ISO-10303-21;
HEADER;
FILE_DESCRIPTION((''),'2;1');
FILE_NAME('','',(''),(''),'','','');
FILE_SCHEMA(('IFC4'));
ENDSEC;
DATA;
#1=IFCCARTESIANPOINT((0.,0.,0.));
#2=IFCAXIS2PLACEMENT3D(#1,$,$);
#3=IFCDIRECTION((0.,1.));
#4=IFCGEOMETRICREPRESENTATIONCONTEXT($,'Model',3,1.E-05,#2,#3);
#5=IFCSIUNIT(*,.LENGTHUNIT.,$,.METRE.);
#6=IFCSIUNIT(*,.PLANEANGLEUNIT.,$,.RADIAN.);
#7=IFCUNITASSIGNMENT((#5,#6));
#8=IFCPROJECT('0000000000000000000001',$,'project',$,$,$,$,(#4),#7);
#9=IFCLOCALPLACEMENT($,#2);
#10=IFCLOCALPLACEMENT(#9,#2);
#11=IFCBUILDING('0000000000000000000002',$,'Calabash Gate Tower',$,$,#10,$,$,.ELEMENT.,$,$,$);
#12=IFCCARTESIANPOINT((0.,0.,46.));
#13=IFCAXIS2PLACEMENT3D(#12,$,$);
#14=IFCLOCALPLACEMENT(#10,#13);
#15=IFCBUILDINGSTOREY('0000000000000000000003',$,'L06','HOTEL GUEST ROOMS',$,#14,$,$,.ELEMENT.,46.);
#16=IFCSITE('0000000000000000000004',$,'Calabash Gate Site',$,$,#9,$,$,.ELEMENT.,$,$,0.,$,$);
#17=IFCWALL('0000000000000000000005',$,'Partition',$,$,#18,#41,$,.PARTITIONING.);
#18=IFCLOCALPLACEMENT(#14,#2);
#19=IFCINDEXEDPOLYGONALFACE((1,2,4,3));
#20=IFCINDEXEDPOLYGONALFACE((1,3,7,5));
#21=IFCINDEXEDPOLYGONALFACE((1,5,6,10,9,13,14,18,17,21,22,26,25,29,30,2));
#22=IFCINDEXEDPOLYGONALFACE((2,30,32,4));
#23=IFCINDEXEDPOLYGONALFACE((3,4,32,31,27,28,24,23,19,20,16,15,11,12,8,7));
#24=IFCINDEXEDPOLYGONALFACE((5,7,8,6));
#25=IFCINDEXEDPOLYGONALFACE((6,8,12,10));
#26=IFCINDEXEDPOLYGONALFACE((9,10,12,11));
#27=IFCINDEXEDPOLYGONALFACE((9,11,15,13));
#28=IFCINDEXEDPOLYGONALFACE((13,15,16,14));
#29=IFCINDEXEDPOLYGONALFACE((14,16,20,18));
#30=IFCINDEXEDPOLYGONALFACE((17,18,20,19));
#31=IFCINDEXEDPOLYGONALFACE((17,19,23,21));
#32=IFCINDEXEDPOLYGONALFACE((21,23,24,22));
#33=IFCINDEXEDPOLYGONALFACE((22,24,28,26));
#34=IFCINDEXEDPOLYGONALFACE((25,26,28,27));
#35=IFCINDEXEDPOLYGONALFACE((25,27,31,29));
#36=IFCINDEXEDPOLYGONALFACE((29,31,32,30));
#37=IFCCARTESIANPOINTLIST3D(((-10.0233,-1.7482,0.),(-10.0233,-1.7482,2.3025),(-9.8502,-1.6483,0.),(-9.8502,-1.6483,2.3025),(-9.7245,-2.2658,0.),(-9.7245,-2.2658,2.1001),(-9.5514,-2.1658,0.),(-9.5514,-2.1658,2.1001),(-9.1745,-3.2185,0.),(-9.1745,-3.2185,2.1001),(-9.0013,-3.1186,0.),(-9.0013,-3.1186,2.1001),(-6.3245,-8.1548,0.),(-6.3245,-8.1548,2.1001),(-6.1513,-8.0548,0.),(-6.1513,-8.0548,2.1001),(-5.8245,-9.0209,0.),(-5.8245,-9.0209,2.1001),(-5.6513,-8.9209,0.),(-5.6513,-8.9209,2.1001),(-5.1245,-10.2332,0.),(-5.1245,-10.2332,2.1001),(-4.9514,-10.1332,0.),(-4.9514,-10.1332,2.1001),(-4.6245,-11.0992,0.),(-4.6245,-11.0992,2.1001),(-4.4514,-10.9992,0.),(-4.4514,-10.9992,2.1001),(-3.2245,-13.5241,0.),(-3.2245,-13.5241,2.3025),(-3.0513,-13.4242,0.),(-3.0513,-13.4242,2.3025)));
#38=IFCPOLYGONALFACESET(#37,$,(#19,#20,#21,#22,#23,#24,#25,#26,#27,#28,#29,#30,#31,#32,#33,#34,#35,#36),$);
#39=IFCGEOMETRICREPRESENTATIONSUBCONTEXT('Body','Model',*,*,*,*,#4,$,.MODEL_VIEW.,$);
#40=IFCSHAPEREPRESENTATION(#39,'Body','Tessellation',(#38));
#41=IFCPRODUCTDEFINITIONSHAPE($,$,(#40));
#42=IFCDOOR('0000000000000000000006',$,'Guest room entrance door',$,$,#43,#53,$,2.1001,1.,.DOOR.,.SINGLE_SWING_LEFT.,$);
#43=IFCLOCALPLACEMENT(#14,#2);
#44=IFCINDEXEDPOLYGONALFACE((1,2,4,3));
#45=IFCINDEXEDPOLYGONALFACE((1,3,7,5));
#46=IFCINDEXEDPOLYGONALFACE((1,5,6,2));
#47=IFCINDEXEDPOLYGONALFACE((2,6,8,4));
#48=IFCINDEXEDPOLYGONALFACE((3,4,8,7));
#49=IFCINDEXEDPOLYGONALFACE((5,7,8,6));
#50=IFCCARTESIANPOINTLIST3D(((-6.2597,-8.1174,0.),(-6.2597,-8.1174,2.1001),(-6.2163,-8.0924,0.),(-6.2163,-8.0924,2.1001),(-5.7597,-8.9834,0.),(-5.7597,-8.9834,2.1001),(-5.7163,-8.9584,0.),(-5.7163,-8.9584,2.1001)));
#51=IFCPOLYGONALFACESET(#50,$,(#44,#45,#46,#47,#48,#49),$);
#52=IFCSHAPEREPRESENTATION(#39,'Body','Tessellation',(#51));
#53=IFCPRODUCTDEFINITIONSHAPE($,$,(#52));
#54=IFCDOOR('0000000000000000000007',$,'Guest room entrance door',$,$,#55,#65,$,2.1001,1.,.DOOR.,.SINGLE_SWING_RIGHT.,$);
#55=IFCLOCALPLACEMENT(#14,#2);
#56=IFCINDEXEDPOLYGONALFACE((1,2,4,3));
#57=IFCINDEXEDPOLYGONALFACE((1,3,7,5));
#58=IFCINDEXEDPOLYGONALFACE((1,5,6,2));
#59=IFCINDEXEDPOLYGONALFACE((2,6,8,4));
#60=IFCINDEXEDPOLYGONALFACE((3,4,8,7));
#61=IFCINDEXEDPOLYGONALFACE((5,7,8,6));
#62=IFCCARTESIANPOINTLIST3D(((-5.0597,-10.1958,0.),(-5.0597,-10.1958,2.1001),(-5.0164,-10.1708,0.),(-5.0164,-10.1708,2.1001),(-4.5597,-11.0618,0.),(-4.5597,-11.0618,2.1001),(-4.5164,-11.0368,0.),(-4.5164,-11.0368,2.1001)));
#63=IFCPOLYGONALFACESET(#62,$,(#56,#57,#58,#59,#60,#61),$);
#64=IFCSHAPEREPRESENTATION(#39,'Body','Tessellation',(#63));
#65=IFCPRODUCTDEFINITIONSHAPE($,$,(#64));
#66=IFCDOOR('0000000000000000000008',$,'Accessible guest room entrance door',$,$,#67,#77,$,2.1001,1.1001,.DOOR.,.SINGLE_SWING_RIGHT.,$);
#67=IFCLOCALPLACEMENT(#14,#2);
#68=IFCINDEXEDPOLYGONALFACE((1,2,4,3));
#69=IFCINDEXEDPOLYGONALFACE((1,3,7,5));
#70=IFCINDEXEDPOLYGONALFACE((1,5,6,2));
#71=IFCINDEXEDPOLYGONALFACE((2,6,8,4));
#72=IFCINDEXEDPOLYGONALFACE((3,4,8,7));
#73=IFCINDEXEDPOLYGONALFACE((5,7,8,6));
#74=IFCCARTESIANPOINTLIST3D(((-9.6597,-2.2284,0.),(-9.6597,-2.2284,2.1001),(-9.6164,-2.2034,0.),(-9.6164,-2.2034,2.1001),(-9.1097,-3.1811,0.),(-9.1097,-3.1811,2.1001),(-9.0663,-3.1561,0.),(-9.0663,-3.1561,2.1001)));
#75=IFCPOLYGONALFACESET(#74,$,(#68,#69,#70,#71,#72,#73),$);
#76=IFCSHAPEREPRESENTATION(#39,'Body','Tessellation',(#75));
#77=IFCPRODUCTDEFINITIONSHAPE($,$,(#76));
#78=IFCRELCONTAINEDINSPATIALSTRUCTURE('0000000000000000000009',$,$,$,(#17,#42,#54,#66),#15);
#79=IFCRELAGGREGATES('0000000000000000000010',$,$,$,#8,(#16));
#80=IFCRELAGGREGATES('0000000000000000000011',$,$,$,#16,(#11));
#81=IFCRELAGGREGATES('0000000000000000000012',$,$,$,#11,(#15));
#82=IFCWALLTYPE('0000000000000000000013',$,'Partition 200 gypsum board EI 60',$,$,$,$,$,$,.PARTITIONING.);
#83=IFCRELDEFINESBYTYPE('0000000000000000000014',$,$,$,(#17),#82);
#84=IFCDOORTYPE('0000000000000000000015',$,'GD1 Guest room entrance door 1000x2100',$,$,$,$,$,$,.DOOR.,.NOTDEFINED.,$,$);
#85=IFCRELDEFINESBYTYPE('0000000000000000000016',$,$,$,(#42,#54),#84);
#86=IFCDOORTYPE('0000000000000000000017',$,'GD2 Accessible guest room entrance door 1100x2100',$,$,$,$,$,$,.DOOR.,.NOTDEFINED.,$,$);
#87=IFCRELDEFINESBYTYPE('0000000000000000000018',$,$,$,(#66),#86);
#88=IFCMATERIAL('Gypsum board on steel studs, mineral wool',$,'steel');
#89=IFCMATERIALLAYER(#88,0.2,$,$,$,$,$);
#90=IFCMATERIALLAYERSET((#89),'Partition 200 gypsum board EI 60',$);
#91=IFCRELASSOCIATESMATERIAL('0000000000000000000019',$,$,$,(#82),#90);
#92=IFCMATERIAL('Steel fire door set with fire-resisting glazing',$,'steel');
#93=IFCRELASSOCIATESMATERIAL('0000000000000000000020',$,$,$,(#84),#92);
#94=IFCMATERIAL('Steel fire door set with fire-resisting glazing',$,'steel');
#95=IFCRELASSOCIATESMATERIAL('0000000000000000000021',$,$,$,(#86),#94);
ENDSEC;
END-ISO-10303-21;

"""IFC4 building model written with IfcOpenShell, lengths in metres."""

from ifc_helpers import new_model, si_unit, direction, frame, frame_2d, origin, place, context, subcontext, project, spatial, rectangle, extrude, material, layer, layer_set, type_object, element, fill, save


model = new_model("IFC4")

# Units and contexts
model_context = context("Model", 3, precision=1e-05, world=origin(), true_north=direction((0.0, 1.0)))
body_context = subcontext(model_context, "Body", "Model", "MODEL_VIEW")
ifc_project = project(units=[si_unit("LENGTHUNIT", "METRE"), si_unit("PLANEANGLEUNIT", "RADIAN")], contexts=[model_context])

# Site, building, storey
site_placement = place(None, origin())
site = spatial("IfcSite", under=ifc_project, at=site_placement, Name="Calabash Gate Site", CompositionType="ELEMENT", RefElevation=0.0)
building_placement = place(site_placement, origin())
building = spatial("IfcBuilding", under=site, at=building_placement, Name="Calabash Gate Tower", CompositionType="ELEMENT")
storey_placement = place(building_placement, frame((0.0, 0.0, 46.0)))
storey = spatial("IfcBuildingStorey", under=building, at=storey_placement, Name="L06", Description="HOTEL GUEST ROOMS", CompositionType="ELEMENT", Elevation=46.0)

# Shared definitions
ifc_material_1 = material(Name="Gypsum board on steel studs, mineral wool", Category="steel")
ifc_layer_1 = layer(ifc_material_1, 0.2)
ifc_layer_set_1 = layer_set([ifc_layer_1], Name="Partition 200 gypsum board EI 60")
wall_type_1 = type_object("IfcWallType", Name="Partition 200 gypsum board EI 60", PredefinedType="PARTITIONING", material=ifc_layer_set_1)

# Wall, openings, doors
wall_1_placement = place(storey_placement, frame((-9.9368, -1.6982, 0.0), z_axis=(0.0, 0.0, 1.0), x_axis=(0.500001, -0.866025, 0.0)))
wall_1 = element("IfcWall", 1, at=wall_1_placement, inside=storey, type_object=wall_type_1, Name="Partition", PredefinedType="PARTITIONING", context=body_context, shape_type="SweptSolid", body=[
    extrude(rectangle(XDim=13.5977, YDim=0.2, at=frame_2d((6.7988, 0.0))), origin(), (0.0, 0.0, 1.0), 2.3025),
])
opening_1_placement = place(wall_1_placement, frame((0.5977, 0.0, 0.0)))
opening_1 = element("IfcOpeningElement", 2, at=opening_1_placement, cuts=wall_1, PredefinedType="OPENING", context=body_context, shape_type="SweptSolid", body=[
    extrude(rectangle(XDim=1.1001, YDim=2.1001, at=frame_2d((0.55, 1.05))), frame((0.0, 0.1099, 0.0), z_axis=(0.0, -1.0, 0.0), x_axis=(1.0, 0.0, 0.0)), (0.0, 0.0, 1.0), 0.22),
])
opening_2_placement = place(wall_1_placement, frame((7.3977, 0.0, 0.0)))
opening_2 = element("IfcOpeningElement", 3, at=opening_2_placement, cuts=wall_1, PredefinedType="OPENING", context=body_context, shape_type="SweptSolid", body=[
    extrude(rectangle(XDim=1.0, YDim=2.1001, at=frame_2d((0.5, 1.05))), frame((0.0, 0.1099, 0.0), z_axis=(0.0, -1.0, 0.0), x_axis=(1.0, 0.0, 0.0)), (0.0, 0.0, 1.0), 0.22),
])
opening_3_placement = place(wall_1_placement, frame((9.7976, 0.0, 0.0)))
opening_3 = element("IfcOpeningElement", 4, at=opening_3_placement, cuts=wall_1, PredefinedType="OPENING", context=body_context, shape_type="SweptSolid", body=[
    extrude(rectangle(XDim=1.0, YDim=2.1001, at=frame_2d((0.5, 1.05))), frame((0.0, 0.1099, 0.0), z_axis=(0.0, -1.0, 0.0), x_axis=(1.0, 0.0, 0.0)), (0.0, 0.0, 1.0), 0.22),
])
ifc_material_2 = material(Name="Steel fire door set with fire-resisting glazing", Category="steel")
door_type_1 = type_object("IfcDoorType", Name="GD1 Guest room entrance door 1000x2100", OperationType="NOTDEFINED", PredefinedType="DOOR", material=ifc_material_2)
door_1_placement = place(opening_2_placement, origin())
door_1 = element("IfcDoor", 5, at=door_1_placement, inside=storey, type_object=door_type_1, Name="Guest room entrance door", OperationType="SINGLE_SWING_LEFT", OverallHeight=2.1001, OverallWidth=1.0, PredefinedType="DOOR", context=body_context, shape_type="SweptSolid", body=[
    extrude(rectangle(XDim=1.0, YDim=2.1001, at=frame_2d((0.5, 1.05))), frame((0.0, 0.0249, 0.0), z_axis=(0.0, -1.0, 0.0), x_axis=(1.0, 0.0, 0.0)), (0.0, 0.0, 1.0), 0.05),
])
fill(opening_2, door_1)
door_2_placement = place(opening_3_placement, origin())
door_2 = element("IfcDoor", 6, at=door_2_placement, inside=storey, type_object=door_type_1, Name="Guest room entrance door", OperationType="SINGLE_SWING_RIGHT", OverallHeight=2.1001, OverallWidth=1.0, PredefinedType="DOOR", context=body_context, shape_type="SweptSolid", body=[
    extrude(rectangle(XDim=1.0, YDim=2.1001, at=frame_2d((0.5, 1.05))), frame((0.0, 0.0249, 0.0), z_axis=(0.0, -1.0, 0.0), x_axis=(1.0, 0.0, 0.0)), (0.0, 0.0, 1.0), 0.05),
])
fill(opening_3, door_2)
ifc_material_3 = material(Name="Steel fire door set with fire-resisting glazing", Category="steel")
door_type_2 = type_object("IfcDoorType", Name="GD2 Accessible guest room entrance door 1100x2100", OperationType="NOTDEFINED", PredefinedType="DOOR", material=ifc_material_3)
door_3_placement = place(opening_1_placement, origin())
door_3 = element("IfcDoor", 7, at=door_3_placement, inside=storey, type_object=door_type_2, Name="Accessible guest room entrance door", OperationType="SINGLE_SWING_RIGHT", OverallHeight=2.1001, OverallWidth=1.1001, PredefinedType="DOOR", context=body_context, shape_type="SweptSolid", body=[
    extrude(rectangle(XDim=1.1001, YDim=2.1001, at=frame_2d((0.55, 1.05))), frame((0.0, 0.0249, 0.0), z_axis=(0.0, -1.0, 0.0), x_axis=(1.0, 0.0, 0.0)), (0.0, 0.0, 1.0), 0.05),
])
fill(opening_1, door_3)

save(model, "model.ifc")
